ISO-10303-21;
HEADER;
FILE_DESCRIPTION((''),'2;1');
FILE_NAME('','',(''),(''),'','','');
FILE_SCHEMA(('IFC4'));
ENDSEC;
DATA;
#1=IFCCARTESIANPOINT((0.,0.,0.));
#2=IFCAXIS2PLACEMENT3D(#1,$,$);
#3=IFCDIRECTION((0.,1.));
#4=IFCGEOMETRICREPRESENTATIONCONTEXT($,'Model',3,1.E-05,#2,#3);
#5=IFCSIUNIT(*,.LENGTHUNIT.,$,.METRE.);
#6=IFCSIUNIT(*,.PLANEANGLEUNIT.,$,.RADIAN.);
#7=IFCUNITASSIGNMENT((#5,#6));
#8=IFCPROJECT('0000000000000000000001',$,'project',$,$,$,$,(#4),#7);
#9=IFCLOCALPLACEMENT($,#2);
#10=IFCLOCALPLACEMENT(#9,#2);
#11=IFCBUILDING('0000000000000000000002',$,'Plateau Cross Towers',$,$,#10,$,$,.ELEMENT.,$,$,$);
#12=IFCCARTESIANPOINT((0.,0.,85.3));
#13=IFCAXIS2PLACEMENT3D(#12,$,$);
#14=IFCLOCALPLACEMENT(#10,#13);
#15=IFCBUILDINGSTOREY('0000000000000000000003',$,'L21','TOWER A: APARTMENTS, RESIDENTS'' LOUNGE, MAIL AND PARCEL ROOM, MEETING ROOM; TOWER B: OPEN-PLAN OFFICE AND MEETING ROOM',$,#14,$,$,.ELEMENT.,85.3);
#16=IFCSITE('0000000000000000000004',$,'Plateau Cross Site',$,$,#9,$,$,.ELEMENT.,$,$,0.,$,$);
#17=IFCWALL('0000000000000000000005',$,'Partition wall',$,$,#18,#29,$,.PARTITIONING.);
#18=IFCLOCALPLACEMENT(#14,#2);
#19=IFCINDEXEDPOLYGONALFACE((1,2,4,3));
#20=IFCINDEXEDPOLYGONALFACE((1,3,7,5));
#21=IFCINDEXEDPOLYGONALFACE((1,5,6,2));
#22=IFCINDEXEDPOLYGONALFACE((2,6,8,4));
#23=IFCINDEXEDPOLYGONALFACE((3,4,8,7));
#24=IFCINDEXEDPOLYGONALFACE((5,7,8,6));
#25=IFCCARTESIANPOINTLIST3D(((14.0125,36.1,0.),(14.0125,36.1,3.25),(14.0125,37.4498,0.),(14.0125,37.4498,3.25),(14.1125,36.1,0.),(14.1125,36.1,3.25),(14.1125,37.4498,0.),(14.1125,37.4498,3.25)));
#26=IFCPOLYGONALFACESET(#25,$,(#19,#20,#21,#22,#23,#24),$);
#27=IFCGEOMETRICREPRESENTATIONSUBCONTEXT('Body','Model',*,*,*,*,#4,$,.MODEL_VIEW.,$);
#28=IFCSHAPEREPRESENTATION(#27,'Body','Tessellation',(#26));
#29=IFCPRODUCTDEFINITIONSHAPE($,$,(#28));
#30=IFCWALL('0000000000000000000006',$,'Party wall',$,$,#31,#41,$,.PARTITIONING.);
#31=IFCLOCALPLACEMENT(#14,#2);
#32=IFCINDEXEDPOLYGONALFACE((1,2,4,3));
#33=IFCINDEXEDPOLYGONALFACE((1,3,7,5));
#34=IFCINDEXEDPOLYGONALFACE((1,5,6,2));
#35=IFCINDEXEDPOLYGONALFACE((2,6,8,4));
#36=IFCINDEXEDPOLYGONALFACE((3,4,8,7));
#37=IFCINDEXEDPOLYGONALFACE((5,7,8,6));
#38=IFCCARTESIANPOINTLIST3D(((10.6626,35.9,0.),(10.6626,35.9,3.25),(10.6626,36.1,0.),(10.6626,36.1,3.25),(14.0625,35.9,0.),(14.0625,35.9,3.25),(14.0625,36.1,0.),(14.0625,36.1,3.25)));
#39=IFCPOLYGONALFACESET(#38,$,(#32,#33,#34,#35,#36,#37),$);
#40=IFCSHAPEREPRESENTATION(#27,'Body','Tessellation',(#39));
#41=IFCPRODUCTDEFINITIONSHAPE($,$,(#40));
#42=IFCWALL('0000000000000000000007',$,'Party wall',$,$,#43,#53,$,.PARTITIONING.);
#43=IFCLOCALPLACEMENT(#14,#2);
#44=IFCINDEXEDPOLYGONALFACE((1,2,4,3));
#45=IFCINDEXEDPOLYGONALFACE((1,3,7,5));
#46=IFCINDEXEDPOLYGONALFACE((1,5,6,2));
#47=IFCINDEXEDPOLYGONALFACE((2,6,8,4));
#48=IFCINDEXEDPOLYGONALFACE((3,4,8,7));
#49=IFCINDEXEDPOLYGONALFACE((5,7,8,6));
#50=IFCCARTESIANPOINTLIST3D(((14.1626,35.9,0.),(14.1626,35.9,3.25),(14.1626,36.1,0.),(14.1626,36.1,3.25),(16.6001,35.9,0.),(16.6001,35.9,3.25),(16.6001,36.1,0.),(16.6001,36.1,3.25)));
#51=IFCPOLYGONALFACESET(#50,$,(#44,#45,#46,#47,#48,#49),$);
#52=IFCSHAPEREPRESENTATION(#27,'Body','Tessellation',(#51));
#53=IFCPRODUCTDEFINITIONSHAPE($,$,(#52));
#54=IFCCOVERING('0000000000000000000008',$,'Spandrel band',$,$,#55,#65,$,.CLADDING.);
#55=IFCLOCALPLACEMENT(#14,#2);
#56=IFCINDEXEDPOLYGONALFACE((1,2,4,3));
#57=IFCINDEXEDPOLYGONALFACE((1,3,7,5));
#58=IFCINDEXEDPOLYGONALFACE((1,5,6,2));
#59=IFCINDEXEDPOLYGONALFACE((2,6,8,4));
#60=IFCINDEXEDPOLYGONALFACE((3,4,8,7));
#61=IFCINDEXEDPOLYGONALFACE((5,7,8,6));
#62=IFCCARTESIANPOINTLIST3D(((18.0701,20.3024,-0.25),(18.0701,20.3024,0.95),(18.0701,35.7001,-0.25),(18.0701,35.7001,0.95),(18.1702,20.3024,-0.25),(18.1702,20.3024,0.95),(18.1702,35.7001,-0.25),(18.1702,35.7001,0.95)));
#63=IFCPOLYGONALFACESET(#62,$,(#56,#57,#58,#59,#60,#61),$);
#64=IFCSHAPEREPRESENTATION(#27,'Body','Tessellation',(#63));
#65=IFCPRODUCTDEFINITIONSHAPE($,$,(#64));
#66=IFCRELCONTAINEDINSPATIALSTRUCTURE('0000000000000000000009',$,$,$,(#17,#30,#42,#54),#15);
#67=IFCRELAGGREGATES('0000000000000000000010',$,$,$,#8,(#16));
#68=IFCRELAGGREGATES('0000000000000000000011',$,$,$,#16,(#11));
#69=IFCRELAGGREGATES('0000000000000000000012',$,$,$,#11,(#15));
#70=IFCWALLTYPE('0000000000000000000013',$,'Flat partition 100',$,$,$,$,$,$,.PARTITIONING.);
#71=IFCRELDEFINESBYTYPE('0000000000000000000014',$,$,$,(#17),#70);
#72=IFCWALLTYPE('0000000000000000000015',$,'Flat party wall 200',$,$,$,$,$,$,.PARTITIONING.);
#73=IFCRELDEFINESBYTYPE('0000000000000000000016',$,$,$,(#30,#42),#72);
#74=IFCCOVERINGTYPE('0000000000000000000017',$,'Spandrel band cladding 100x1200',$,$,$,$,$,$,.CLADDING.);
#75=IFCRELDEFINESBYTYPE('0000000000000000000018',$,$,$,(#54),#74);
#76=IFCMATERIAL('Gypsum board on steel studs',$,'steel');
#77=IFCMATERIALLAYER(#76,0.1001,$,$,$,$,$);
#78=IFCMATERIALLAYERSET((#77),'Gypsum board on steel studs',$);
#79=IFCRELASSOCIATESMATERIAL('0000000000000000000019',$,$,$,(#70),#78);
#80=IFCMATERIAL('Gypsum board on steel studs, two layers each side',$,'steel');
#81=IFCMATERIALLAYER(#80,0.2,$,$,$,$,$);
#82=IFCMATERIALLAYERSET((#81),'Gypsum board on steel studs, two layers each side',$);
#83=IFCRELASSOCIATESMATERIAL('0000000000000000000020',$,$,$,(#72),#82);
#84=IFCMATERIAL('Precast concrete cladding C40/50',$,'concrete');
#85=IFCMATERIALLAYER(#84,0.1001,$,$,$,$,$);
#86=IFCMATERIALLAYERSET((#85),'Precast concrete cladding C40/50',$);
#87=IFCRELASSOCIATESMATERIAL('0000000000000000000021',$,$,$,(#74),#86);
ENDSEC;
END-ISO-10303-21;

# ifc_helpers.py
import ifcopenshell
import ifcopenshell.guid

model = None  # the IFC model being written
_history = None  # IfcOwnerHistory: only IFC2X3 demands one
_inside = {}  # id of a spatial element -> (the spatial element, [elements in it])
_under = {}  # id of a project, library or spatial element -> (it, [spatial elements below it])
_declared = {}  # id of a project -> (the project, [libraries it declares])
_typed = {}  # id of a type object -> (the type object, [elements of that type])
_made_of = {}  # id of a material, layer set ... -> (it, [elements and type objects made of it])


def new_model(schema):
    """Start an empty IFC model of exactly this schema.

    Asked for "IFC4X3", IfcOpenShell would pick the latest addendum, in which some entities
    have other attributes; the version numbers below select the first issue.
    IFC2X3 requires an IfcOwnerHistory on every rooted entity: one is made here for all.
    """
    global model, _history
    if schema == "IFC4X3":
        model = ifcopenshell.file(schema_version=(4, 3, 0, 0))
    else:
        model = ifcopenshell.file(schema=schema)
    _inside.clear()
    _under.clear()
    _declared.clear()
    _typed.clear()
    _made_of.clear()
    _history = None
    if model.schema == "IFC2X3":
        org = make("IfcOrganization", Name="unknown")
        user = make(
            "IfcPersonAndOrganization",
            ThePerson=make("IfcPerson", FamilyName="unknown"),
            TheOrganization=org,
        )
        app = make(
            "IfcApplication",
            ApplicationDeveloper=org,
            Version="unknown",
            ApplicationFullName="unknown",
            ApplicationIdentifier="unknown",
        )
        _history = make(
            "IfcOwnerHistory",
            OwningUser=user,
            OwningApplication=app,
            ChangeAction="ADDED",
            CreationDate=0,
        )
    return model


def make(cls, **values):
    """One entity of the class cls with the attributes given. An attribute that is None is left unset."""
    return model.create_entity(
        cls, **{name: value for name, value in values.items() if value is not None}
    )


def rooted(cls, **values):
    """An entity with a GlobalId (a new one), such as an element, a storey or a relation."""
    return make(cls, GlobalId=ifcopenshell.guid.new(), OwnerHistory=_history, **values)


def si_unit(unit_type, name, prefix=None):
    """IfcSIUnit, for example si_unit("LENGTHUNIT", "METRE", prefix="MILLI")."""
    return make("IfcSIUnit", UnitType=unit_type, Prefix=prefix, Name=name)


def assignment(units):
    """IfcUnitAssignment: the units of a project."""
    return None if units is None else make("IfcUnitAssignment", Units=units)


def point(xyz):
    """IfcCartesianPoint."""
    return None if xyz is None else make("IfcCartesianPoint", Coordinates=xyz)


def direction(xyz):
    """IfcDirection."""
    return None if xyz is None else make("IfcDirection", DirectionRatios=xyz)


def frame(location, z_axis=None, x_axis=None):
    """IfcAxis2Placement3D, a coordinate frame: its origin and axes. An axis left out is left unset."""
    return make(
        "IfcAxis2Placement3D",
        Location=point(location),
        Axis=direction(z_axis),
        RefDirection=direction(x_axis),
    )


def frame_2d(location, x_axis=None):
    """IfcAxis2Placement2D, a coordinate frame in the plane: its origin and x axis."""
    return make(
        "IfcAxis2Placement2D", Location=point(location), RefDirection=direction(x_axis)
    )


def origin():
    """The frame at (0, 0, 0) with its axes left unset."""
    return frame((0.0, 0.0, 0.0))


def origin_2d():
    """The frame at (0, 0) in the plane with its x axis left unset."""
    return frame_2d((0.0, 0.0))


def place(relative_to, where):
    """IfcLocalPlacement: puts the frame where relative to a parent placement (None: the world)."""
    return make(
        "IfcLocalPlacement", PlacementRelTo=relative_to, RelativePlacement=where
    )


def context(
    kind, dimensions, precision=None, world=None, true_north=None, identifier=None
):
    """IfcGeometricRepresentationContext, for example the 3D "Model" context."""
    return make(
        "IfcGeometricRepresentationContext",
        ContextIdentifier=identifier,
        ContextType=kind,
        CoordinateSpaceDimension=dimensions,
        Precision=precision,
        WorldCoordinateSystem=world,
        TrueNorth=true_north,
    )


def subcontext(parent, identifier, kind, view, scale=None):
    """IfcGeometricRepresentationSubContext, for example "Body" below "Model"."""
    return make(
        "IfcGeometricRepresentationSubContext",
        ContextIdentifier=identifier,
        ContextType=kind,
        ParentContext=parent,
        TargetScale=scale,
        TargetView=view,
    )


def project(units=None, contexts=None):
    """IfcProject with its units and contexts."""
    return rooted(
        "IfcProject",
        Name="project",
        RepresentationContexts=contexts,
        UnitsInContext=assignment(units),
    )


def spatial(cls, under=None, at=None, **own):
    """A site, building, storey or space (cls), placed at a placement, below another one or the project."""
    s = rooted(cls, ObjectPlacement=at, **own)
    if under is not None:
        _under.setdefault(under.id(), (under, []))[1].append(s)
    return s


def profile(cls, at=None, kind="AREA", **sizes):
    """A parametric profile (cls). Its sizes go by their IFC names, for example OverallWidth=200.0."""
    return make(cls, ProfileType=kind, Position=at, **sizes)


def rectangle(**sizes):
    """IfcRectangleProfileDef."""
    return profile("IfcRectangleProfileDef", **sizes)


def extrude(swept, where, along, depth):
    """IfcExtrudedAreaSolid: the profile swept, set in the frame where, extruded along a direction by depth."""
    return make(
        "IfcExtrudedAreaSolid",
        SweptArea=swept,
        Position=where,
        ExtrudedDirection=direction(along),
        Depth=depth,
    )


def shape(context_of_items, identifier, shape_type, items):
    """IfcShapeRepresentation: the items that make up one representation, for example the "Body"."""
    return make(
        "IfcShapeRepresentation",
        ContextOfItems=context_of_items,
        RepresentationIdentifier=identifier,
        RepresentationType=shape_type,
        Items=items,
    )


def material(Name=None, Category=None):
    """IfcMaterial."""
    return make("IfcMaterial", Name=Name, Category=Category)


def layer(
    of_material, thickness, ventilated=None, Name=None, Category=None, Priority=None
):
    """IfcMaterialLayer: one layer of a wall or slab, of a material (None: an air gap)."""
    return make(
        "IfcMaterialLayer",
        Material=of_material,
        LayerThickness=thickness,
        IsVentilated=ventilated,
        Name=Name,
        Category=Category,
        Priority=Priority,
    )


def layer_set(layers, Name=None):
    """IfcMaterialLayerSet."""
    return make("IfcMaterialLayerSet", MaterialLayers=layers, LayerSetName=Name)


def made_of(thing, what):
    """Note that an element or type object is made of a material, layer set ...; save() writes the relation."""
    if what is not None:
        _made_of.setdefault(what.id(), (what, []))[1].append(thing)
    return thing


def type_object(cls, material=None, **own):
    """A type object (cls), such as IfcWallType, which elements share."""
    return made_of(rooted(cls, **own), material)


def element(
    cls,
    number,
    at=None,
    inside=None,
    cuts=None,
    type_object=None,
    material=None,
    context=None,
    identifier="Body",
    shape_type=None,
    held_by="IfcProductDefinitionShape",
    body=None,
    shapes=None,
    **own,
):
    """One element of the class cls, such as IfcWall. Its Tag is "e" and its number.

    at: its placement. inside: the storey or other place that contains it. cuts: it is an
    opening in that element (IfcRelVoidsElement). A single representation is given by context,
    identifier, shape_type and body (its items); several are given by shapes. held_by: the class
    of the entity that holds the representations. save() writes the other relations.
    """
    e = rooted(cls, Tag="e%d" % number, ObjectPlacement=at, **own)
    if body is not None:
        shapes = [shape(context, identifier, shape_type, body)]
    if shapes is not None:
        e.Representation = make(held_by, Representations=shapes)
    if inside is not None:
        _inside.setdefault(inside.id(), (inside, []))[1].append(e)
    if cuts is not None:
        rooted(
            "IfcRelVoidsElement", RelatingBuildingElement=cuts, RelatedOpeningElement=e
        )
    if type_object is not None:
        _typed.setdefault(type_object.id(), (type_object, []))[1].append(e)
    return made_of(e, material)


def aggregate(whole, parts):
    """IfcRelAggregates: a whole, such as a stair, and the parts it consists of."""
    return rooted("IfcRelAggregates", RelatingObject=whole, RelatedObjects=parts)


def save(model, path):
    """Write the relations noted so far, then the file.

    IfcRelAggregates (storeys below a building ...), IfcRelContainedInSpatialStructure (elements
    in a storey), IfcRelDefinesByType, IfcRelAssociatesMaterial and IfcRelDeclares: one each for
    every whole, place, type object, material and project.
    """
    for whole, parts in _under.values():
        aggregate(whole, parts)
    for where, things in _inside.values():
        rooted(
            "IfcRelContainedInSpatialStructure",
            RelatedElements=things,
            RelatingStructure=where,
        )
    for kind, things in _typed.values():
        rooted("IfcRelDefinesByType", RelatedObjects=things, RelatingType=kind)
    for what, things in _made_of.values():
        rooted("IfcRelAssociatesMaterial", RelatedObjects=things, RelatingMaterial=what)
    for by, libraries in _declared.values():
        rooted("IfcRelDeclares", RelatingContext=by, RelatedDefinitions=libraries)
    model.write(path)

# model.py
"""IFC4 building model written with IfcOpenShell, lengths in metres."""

from ifc_helpers import new_model, si_unit, direction, frame, frame_2d, origin, origin_2d, place, context, subcontext, project, spatial, rectangle, extrude, material, layer, layer_set, type_object, element, save


model = new_model("IFC4")

# Units and contexts
model_context = context("Model", 3, precision=1e-05, world=origin(), true_north=direction((0.0, 1.0)))
body_context = subcontext(model_context, "Body", "Model", "MODEL_VIEW")
ifc_project = project(units=[si_unit("LENGTHUNIT", "METRE"), si_unit("PLANEANGLEUNIT", "RADIAN")], contexts=[model_context])

# Site, building, storey
site_placement = place(None, origin())
site = spatial("IfcSite", under=ifc_project, at=site_placement, Name="Plateau Cross Site", CompositionType="ELEMENT", RefElevation=0.0)
building_placement = place(site_placement, origin())
building = spatial("IfcBuilding", under=site, at=building_placement, Name="Plateau Cross Towers", CompositionType="ELEMENT")
storey_placement = place(building_placement, frame((0.0, 0.0, 85.3)))
storey = spatial("IfcBuildingStorey", under=building, at=storey_placement, Name="L21", Description="TOWER A: APARTMENTS, RESIDENTS' LOUNGE, MAIL AND PARCEL ROOM, MEETING ROOM; TOWER B: OPEN-PLAN OFFICE AND MEETING ROOM", CompositionType="ELEMENT", Elevation=85.3)

# Shared definitions
ifc_material_1 = material(Name="Gypsum board on steel studs", Category="steel")
ifc_layer_1 = layer(ifc_material_1, 0.1001)
ifc_layer_set_1 = layer_set([ifc_layer_1], Name="Gypsum board on steel studs")
wall_type_1 = type_object("IfcWallType", Name="Flat partition 100", PredefinedType="PARTITIONING", material=ifc_layer_set_1)

# Walls
wall_1_placement = place(storey_placement, frame((14.0625, 36.1001, 0.0), z_axis=(0.0, 0.0, 1.0), x_axis=(0.0, 1.0, 0.0)))
element("IfcWall", 1, at=wall_1_placement, inside=storey, type_object=wall_type_1, Name="Partition wall", PredefinedType="PARTITIONING", context=body_context, shape_type="SweptSolid", body=[
    extrude(rectangle(XDim=1.3499, YDim=0.1001, at=frame_2d((0.6748, 0.0))), origin(), (0.0, 0.0, 1.0), 3.25),
])
ifc_material_2 = material(Name="Gypsum board on steel studs, two layers each side", Category="steel")
ifc_layer_2 = layer(ifc_material_2, 0.2)
ifc_layer_set_2 = layer_set([ifc_layer_2], Name="Gypsum board on steel studs, two layers each side")
wall_type_2 = type_object("IfcWallType", Name="Flat party wall 200", PredefinedType="PARTITIONING", material=ifc_layer_set_2)
wall_2_placement = place(storey_placement, frame((14.0625, 36.0, 0.0), z_axis=(0.0, 0.0, 1.0), x_axis=(-1.0, 0.0, 0.0)))
element("IfcWall", 2, at=wall_2_placement, inside=storey, type_object=wall_type_2, Name="Party wall", PredefinedType="PARTITIONING", context=body_context, shape_type="SweptSolid", body=[
    extrude(rectangle(XDim=3.3999, YDim=0.2, at=frame_2d((1.7, 0.0))), origin(), (0.0, 0.0, 1.0), 3.25),
])
wall_3_placement = place(storey_placement, frame((14.1626, 36.0, 0.0), z_axis=(0.0, 0.0, 1.0), x_axis=(1.0, 0.0, 0.0)))
element("IfcWall", 3, at=wall_3_placement, inside=storey, type_object=wall_type_2, Name="Party wall", PredefinedType="PARTITIONING", context=body_context, shape_type="SweptSolid", body=[
    extrude(rectangle(XDim=2.4375, YDim=0.2, at=frame_2d((1.2188, 0.0))), origin(), (0.0, 0.0, 1.0), 3.25),
])

# Covering
ifc_material_3 = material(Name="Precast concrete cladding C40/50", Category="concrete")
ifc_layer_3 = layer(ifc_material_3, 0.1001)
ifc_layer_set_3 = layer_set([ifc_layer_3], Name="Precast concrete cladding C40/50")
covering_type = type_object("IfcCoveringType", Name="Spandrel band cladding 100x1200", PredefinedType="CLADDING", material=ifc_layer_set_3)
covering_placement = place(storey_placement, frame((18.1201, 28.0012, -0.25), z_axis=(0.0, 0.0, 1.0), x_axis=(0.0, 1.0, 0.0)))
element("IfcCovering", 4, at=covering_placement, inside=storey, type_object=covering_type, Name="Spandrel band", PredefinedType="CLADDING", context=body_context, shape_type="SweptSolid", body=[
    extrude(rectangle(XDim=15.3977, YDim=0.1001, at=origin_2d()), origin(), (0.0, 0.0, 1.0), 1.2),
])

save(model, "model.ifc")
